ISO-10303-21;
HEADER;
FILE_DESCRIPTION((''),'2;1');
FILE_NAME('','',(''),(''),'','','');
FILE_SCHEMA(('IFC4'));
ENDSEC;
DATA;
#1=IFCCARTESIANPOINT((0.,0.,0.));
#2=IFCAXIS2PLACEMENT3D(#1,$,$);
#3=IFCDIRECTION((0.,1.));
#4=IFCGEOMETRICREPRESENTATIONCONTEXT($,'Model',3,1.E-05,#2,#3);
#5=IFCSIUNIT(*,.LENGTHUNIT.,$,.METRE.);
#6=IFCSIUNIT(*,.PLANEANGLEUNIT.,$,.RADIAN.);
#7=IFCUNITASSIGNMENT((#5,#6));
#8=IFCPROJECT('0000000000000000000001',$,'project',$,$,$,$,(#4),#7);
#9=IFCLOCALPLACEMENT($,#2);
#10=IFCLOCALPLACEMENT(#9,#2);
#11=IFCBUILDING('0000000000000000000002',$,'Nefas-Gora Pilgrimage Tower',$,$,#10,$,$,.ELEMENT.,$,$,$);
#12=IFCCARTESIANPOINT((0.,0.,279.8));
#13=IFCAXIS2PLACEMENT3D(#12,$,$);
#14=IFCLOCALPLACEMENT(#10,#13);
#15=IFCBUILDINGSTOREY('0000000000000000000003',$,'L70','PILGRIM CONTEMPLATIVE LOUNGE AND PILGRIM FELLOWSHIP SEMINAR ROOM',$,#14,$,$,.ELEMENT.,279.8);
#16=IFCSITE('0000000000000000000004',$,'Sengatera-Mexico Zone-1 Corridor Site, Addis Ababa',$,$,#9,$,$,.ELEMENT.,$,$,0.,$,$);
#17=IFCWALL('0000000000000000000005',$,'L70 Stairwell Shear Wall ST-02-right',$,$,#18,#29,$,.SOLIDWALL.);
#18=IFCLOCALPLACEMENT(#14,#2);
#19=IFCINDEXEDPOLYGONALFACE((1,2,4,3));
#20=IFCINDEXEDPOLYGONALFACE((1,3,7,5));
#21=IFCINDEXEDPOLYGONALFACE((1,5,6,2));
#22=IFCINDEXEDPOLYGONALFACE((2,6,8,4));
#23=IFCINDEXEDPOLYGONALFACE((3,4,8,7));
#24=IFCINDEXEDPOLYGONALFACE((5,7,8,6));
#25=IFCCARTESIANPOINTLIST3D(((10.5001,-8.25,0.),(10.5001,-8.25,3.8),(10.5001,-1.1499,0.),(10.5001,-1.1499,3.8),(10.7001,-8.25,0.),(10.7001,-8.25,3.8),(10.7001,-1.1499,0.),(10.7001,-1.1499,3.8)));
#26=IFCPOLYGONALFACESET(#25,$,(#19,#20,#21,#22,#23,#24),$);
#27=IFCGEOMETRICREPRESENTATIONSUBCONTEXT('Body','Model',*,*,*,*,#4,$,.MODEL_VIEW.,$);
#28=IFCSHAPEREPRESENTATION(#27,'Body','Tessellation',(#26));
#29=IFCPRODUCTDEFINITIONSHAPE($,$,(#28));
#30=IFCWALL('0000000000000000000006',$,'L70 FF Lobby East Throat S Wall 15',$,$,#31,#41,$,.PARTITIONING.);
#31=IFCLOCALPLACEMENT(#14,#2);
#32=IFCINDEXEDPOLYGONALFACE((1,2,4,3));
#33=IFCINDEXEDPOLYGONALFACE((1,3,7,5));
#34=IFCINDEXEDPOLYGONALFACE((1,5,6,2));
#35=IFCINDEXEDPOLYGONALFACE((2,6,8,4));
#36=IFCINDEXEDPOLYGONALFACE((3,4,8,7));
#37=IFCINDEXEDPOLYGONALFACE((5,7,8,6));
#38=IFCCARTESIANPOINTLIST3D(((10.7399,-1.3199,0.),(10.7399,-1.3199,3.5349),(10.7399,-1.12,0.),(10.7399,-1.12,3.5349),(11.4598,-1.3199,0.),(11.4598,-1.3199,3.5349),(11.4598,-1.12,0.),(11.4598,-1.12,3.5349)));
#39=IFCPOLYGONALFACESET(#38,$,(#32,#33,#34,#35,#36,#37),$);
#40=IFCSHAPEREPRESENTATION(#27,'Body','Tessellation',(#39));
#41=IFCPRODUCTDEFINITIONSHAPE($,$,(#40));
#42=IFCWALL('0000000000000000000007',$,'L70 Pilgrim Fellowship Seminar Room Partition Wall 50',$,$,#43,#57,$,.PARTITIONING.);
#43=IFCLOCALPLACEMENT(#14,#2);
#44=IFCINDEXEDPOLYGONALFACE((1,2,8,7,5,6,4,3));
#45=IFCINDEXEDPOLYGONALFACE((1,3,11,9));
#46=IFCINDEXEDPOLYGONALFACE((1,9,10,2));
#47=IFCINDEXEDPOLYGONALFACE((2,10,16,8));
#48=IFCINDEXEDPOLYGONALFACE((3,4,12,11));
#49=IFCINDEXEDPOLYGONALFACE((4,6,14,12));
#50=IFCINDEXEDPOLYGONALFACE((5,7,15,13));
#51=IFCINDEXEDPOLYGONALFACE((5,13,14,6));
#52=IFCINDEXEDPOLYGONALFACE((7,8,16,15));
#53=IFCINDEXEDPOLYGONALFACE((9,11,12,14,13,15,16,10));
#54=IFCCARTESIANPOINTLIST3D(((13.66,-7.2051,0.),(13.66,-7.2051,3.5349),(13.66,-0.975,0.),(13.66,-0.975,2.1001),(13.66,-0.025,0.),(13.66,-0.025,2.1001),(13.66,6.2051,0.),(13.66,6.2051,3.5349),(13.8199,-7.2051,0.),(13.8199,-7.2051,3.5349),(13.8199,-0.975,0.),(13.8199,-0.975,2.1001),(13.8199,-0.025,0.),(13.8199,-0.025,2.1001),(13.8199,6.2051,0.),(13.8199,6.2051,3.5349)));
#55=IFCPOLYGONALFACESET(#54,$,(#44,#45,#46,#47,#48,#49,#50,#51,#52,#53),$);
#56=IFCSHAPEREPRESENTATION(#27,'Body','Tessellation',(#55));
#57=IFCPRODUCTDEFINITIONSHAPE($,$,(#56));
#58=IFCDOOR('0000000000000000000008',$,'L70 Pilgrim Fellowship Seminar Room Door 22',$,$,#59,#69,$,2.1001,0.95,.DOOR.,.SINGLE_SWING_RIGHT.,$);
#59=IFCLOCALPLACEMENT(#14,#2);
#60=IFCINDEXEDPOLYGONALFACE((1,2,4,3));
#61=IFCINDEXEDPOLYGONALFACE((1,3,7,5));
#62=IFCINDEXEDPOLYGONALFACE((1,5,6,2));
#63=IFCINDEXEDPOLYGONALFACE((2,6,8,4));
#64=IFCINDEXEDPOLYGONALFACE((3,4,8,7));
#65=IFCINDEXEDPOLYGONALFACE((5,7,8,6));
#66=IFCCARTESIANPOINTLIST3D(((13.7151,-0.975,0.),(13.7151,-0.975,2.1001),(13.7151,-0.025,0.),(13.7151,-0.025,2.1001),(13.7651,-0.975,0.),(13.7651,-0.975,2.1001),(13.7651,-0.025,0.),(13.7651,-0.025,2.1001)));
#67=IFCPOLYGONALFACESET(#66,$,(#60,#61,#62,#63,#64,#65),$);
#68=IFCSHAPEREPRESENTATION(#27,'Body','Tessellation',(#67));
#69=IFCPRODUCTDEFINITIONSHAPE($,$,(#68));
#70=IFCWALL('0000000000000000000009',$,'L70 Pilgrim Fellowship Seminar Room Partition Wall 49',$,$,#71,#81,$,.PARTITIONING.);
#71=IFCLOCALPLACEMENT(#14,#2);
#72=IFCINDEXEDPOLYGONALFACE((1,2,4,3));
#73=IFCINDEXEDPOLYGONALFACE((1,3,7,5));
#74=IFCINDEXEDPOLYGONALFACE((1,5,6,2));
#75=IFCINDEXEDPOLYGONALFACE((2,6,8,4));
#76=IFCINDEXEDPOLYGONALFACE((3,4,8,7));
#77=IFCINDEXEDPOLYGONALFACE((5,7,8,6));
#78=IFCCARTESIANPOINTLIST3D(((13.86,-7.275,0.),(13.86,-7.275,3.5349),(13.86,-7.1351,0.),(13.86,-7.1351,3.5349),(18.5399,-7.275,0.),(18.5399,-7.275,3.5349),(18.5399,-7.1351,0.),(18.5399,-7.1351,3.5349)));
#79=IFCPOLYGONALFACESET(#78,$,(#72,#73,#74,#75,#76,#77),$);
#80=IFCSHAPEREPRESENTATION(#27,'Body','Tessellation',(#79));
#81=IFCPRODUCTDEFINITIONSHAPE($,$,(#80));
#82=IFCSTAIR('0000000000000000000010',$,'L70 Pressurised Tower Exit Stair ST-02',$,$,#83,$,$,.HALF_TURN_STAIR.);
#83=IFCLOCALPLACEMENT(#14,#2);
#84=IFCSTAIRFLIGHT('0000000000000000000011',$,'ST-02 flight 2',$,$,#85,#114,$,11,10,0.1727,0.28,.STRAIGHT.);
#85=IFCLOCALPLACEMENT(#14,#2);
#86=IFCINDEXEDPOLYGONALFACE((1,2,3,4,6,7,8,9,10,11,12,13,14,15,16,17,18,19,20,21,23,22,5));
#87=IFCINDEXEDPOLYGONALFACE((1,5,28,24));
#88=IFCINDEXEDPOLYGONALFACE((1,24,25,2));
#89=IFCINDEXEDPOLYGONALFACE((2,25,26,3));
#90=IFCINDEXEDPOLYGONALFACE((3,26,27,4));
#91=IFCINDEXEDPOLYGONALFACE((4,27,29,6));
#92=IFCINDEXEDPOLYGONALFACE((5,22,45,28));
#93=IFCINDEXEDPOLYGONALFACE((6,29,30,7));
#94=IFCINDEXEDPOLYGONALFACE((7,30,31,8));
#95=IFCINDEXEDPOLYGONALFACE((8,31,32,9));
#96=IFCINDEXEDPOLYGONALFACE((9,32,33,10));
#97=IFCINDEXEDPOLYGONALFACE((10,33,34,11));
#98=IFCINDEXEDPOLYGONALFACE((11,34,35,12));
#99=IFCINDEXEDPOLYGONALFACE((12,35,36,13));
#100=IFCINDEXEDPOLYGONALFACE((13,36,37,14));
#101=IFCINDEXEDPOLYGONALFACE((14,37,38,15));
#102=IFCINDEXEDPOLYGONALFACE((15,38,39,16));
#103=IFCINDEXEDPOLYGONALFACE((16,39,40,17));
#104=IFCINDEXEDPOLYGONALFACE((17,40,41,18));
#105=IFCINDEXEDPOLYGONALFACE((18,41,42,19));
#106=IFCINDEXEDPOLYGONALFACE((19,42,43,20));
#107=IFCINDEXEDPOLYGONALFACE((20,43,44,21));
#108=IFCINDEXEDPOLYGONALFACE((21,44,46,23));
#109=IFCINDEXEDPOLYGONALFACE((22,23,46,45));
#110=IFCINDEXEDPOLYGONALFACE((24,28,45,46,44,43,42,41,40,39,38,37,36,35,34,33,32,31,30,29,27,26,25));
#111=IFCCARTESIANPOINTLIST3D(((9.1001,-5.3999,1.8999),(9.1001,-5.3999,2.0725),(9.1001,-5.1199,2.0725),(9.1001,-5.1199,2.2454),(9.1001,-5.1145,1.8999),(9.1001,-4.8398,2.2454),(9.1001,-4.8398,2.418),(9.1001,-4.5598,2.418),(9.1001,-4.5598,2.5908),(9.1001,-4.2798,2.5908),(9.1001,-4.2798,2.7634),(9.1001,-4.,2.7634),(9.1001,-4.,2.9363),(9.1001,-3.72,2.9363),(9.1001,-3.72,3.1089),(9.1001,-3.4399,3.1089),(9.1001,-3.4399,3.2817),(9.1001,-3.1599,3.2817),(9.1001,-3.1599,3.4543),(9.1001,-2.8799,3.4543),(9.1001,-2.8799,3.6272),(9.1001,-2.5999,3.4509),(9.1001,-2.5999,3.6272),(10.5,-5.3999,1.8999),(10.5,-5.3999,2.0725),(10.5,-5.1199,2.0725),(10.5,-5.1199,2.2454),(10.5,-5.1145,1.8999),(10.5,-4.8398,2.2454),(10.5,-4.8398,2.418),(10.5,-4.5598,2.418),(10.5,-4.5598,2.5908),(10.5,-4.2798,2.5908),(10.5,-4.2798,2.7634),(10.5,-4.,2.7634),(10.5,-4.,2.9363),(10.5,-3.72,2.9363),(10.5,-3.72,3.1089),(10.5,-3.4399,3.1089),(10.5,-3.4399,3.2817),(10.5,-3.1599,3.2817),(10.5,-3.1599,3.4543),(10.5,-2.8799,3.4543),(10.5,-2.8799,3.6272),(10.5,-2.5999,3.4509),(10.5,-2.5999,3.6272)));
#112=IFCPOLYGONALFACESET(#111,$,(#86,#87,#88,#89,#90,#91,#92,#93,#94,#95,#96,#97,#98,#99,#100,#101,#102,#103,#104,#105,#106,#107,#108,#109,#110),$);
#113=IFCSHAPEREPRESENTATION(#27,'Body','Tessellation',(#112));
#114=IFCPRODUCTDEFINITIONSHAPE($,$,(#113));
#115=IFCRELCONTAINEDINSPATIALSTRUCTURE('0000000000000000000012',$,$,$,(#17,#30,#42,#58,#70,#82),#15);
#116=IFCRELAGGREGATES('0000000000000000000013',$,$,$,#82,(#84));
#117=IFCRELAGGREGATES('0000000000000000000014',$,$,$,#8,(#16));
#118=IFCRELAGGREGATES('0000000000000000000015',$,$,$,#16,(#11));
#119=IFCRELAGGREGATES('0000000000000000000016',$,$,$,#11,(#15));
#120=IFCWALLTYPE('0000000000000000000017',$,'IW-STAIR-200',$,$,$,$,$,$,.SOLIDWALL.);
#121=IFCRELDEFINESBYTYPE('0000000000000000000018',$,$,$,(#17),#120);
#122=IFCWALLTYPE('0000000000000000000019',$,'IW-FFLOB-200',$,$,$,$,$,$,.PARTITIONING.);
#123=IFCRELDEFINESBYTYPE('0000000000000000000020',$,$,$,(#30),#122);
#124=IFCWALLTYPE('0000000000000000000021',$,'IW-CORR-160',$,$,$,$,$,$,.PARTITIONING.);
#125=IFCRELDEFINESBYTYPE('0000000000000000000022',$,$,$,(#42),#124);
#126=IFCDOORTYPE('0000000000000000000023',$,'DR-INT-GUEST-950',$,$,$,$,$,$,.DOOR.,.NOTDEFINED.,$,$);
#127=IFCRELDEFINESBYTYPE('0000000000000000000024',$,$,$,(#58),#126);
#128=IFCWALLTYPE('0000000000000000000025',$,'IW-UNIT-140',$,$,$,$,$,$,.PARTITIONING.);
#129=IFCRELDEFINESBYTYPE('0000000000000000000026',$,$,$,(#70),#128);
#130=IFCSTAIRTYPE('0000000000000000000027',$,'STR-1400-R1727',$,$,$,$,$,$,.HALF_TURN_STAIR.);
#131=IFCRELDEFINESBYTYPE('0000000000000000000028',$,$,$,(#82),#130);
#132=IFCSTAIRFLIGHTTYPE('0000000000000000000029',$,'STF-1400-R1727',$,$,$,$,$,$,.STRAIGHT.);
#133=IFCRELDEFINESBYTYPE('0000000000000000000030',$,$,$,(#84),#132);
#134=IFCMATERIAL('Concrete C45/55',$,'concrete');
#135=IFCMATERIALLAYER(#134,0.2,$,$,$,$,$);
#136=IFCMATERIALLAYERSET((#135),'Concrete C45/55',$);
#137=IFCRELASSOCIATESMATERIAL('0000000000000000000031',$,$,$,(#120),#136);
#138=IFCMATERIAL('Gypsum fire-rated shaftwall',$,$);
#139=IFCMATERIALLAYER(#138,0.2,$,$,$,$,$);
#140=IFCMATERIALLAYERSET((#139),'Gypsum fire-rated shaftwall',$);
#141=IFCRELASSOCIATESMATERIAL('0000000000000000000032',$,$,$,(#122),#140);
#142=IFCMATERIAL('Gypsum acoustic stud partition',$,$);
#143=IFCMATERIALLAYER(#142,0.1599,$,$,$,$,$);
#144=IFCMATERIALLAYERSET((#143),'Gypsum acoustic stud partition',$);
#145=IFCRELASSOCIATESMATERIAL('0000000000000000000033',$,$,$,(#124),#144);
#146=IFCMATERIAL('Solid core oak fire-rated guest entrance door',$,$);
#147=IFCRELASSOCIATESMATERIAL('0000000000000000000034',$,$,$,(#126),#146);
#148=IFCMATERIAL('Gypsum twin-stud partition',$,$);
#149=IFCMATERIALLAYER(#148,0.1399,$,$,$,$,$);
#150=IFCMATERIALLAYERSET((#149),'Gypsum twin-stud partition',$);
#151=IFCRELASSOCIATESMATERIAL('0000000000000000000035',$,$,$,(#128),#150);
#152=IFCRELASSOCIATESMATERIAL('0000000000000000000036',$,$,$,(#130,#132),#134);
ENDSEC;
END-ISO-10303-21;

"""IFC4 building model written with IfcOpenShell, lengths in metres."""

from ifc_helpers import new_model, si_unit, direction, frame, frame_2d, origin, place, context, subcontext, project, spatial, polyline, rectangle, outline, extrude, source, transform, mapped, material, layer, layer_set, type_object, element, fill, aggregate, save


model = new_model("IFC4")

# Units and contexts
model_context = context("Model", 3, precision=1e-05, world=origin(), true_north=direction((0.0, 1.0)))
body_context = subcontext(model_context, "Body", "Model", "MODEL_VIEW")
ifc_project = project(units=[si_unit("LENGTHUNIT", "METRE"), si_unit("PLANEANGLEUNIT", "RADIAN")], contexts=[model_context])

# Site, building, storey
site_placement = place(None, origin())
site = spatial("IfcSite", under=ifc_project, at=site_placement, Name="Sengatera-Mexico Zone-1 Corridor Site, Addis Ababa", CompositionType="ELEMENT", RefElevation=0.0)
building_placement = place(site_placement, origin())
building = spatial("IfcBuilding", under=site, at=building_placement, Name="Nefas-Gora Pilgrimage Tower", CompositionType="ELEMENT")
storey_placement = place(building_placement, frame((0.0, 0.0, 279.8)))
storey = spatial("IfcBuildingStorey", under=building, at=storey_placement, Name="L70", Description="PILGRIM CONTEMPLATIVE LOUNGE AND PILGRIM FELLOWSHIP SEMINAR ROOM", CompositionType="ELEMENT", Elevation=279.8)

# Walls
ifc_material_1 = material(Name="Concrete C45/55", Category="concrete")
ifc_layer_1 = layer(ifc_material_1, 0.2)
ifc_layer_set_1 = layer_set([ifc_layer_1], Name="Concrete C45/55")
wall_type_1 = type_object("IfcWallType", Name="IW-STAIR-200", PredefinedType="SOLIDWALL", material=ifc_layer_set_1)
shared_shape_1 = source(origin(), body_context, "Body", "SweptSolid", [
    extrude(rectangle(XDim=7.1001, YDim=0.2, at=frame_2d((3.55, 0.0))), origin(), (0.0, 0.0, 1.0), 3.8),
])
wall_1_placement = place(storey_placement, frame((10.6001, -1.1499, 0.0), z_axis=(0.0, 0.0, 1.0), x_axis=(0.0, -1.0, 0.0)))
element("IfcWall", 1, at=wall_1_placement, inside=storey, type_object=wall_type_1, Name="L70 Stairwell Shear Wall ST-02-right", PredefinedType="SOLIDWALL", context=body_context, shape_type="MappedRepresentation", body=[
    mapped(shared_shape_1, transform((0.0, 0.0, 0.0), x_axis=(1.0, 0.0, 0.0), y_axis=(0.0, 1.0, 0.0), z_axis=(0.0, 0.0, 1.0), scale=1.0)),
])
ifc_material_2 = material(Name="Gypsum fire-rated shaftwall")
ifc_layer_2 = layer(ifc_material_2, 0.2)
ifc_layer_set_2 = layer_set([ifc_layer_2], Name="Gypsum fire-rated shaftwall")
wall_type_2 = type_object("IfcWallType", Name="IW-FFLOB-200", PredefinedType="PARTITIONING", material=ifc_layer_set_2)
shared_shape_2 = source(origin(), body_context, "Body", "SweptSolid", [
    extrude(rectangle(XDim=0.72, YDim=0.2, at=frame_2d((0.3599, 0.0))), origin(), (0.0, 0.0, 1.0), 3.5349),
])
wall_2_placement = place(storey_placement, frame((10.74, -1.22, 0.0), z_axis=(0.0, 0.0, 1.0), x_axis=(1.0, 0.0, 0.0)))
element("IfcWall", 2, at=wall_2_placement, inside=storey, type_object=wall_type_2, Name="L70 FF Lobby East Throat S Wall 15", PredefinedType="PARTITIONING", context=body_context, shape_type="MappedRepresentation", body=[
    mapped(shared_shape_2, transform((0.0, 0.0, 0.0), x_axis=(1.0, 0.0, 0.0), y_axis=(0.0, 1.0, 0.0), z_axis=(0.0, 0.0, 1.0), scale=1.0)),
])

# Wall, opening, door
ifc_material_3 = material(Name="Gypsum acoustic stud partition")
ifc_layer_3 = layer(ifc_material_3, 0.1599)
ifc_layer_set_3 = layer_set([ifc_layer_3], Name="Gypsum acoustic stud partition")
wall_type_3 = type_object("IfcWallType", Name="IW-CORR-160", PredefinedType="PARTITIONING", material=ifc_layer_set_3)
shared_shape_3 = source(origin(), body_context, "Body", "SweptSolid", [
    extrude(rectangle(XDim=13.4102, YDim=0.1599, at=frame_2d((6.7051, 0.0))), origin(), (0.0, 0.0, 1.0), 3.5349),
])
wall_3_placement = place(storey_placement, frame((13.74, -7.2051, 0.0), z_axis=(0.0, 0.0, 1.0), x_axis=(0.0, 1.0, 0.0)))
wall_3 = element("IfcWall", 3, at=wall_3_placement, inside=storey, type_object=wall_type_3, Name="L70 Pilgrim Fellowship Seminar Room Partition Wall 50", PredefinedType="PARTITIONING", context=body_context, shape_type="MappedRepresentation", body=[
    mapped(shared_shape_3, transform((0.0, 0.0, 0.0), x_axis=(1.0, 0.0, 0.0), y_axis=(0.0, 1.0, 0.0), z_axis=(0.0, 0.0, 1.0), scale=1.0)),
])
opening_1_placement = place(wall_3_placement, frame((6.23, 0.0, 0.0)))
opening_1 = element("IfcOpeningElement", 4, at=opening_1_placement, cuts=wall_3, PredefinedType="OPENING", context=body_context, shape_type="SweptSolid", body=[
    extrude(rectangle(XDim=0.95, YDim=2.1001, at=frame_2d((0.4751, 1.05))), frame((0.0, 0.0898, 0.0), z_axis=(0.0, -1.0, 0.0), x_axis=(1.0, 0.0, 0.0)), (0.0, 0.0, 1.0), 0.1799),
])
ifc_material_4 = material(Name="Solid core oak fire-rated guest entrance door")
door_type_1 = type_object("IfcDoorType", Name="DR-INT-GUEST-950", OperationType="NOTDEFINED", PredefinedType="DOOR", material=ifc_material_4)
shared_shape_4 = source(origin(), body_context, "Body", "SweptSolid", [
    extrude(rectangle(XDim=0.95, YDim=2.1001, at=frame_2d((0.4751, 1.05))), frame((0.0, 0.0249, 0.0), z_axis=(0.0, -1.0, 0.0), x_axis=(1.0, 0.0, 0.0)), (0.0, 0.0, 1.0), 0.05),
])
door_1_placement = place(opening_1_placement, origin())
door_1 = element("IfcDoor", 5, at=door_1_placement, inside=storey, type_object=door_type_1, Name="L70 Pilgrim Fellowship Seminar Room Door 22", OperationType="SINGLE_SWING_RIGHT", OverallHeight=2.1001, OverallWidth=0.95, PredefinedType="DOOR", context=body_context, shape_type="MappedRepresentation", body=[
    mapped(shared_shape_4, transform((0.0, 0.0, 0.0), x_axis=(1.0, 0.0, 0.0), y_axis=(0.0, 1.0, 0.0), z_axis=(0.0, 0.0, 1.0), scale=1.0)),
])
fill(opening_1, door_1)

# Wall
ifc_material_5 = material(Name="Gypsum twin-stud partition")
ifc_layer_4 = layer(ifc_material_5, 0.1399)
ifc_layer_set_4 = layer_set([ifc_layer_4], Name="Gypsum twin-stud partition")
wall_type_4 = type_object("IfcWallType", Name="IW-UNIT-140", PredefinedType="PARTITIONING", material=ifc_layer_set_4)
shared_shape_5 = source(origin(), body_context, "Body", "SweptSolid", [
    extrude(rectangle(XDim=4.6799, YDim=0.1399, at=frame_2d((2.3398, 0.0))), origin(), (0.0, 0.0, 1.0), 3.5349),
])
wall_4_placement = place(storey_placement, frame((13.8601, -7.2051, 0.0), z_axis=(0.0, 0.0, 1.0), x_axis=(1.0, 0.0, 0.0)))
element("IfcWall", 6, at=wall_4_placement, inside=storey, type_object=wall_type_4, Name="L70 Pilgrim Fellowship Seminar Room Partition Wall 49", PredefinedType="PARTITIONING", context=body_context, shape_type="MappedRepresentation", body=[
    mapped(shared_shape_5, transform((0.0, 0.0, 0.0), x_axis=(1.0, 0.0, 0.0), y_axis=(0.0, 1.0, 0.0), z_axis=(0.0, 0.0, 1.0), scale=1.0)),
])

# Stair, stair flight
stair_type = type_object("IfcStairType", Name="STR-1400-R1727", PredefinedType="HALF_TURN_STAIR", material=ifc_material_1)
stair_placement = place(storey_placement, origin())
stair = element("IfcStair", 7, at=stair_placement, inside=storey, type_object=stair_type, Name="L70 Pressurised Tower Exit Stair ST-02", PredefinedType="HALF_TURN_STAIR")
stair_flight_type = type_object("IfcStairFlightType", Name="STF-1400-R1727", PredefinedType="STRAIGHT", material=ifc_material_1)
shared_shape_6 = source(origin(), body_context, "Body", "SweptSolid", [
    extrude(outline(polyline([(0.0, 0.0), (0.0, 0.1726), (0.28, 0.1726), (0.28, 0.3455), (0.5601, 0.3455), (0.5601, 0.5181), (0.8401, 0.5181), (0.8401, 0.6909), (1.1201, 0.6909), (1.1201, 0.8635), (1.3999, 0.8635), (1.3999, 1.0364), (1.6799, 1.0364), (1.6799, 1.209), (1.96, 1.209), (1.96, 1.3818), (2.24, 1.3818), (2.24, 1.5544), (2.52, 1.5544), (2.52, 1.7273), (2.8, 1.7273), (2.8, 1.8999), (2.8, 1.551), (0.2854, 0.0), (0.0, 0.0)])), frame((0.0, 0.7, 0.0), z_axis=(0.0, -1.0, 0.0), x_axis=(1.0, 0.0, 0.0)), (0.0, 0.0, 1.0), 1.3999),
])
stair_flight_placement = place(storey_placement, frame((9.8, -5.3999, 1.8999), z_axis=(0.0, 0.0, 1.0), x_axis=(0.0, 1.0, 0.0)))
stair_flight = element("IfcStairFlight", 8, at=stair_flight_placement, type_object=stair_flight_type, Name="ST-02 flight 2", NumberOfRisers=11, NumberOfTreads=10, PredefinedType="STRAIGHT", RiserHeight=0.1727, TreadLength=0.28, context=body_context, shape_type="MappedRepresentation", body=[
    mapped(shared_shape_6, transform((0.0, 0.0, 0.0), x_axis=(1.0, 0.0, 0.0), y_axis=(0.0, 1.0, 0.0), z_axis=(0.0, 0.0, 1.0), scale=1.0)),
])
aggregate(stair, [stair_flight])

save(model, "model.ifc")
